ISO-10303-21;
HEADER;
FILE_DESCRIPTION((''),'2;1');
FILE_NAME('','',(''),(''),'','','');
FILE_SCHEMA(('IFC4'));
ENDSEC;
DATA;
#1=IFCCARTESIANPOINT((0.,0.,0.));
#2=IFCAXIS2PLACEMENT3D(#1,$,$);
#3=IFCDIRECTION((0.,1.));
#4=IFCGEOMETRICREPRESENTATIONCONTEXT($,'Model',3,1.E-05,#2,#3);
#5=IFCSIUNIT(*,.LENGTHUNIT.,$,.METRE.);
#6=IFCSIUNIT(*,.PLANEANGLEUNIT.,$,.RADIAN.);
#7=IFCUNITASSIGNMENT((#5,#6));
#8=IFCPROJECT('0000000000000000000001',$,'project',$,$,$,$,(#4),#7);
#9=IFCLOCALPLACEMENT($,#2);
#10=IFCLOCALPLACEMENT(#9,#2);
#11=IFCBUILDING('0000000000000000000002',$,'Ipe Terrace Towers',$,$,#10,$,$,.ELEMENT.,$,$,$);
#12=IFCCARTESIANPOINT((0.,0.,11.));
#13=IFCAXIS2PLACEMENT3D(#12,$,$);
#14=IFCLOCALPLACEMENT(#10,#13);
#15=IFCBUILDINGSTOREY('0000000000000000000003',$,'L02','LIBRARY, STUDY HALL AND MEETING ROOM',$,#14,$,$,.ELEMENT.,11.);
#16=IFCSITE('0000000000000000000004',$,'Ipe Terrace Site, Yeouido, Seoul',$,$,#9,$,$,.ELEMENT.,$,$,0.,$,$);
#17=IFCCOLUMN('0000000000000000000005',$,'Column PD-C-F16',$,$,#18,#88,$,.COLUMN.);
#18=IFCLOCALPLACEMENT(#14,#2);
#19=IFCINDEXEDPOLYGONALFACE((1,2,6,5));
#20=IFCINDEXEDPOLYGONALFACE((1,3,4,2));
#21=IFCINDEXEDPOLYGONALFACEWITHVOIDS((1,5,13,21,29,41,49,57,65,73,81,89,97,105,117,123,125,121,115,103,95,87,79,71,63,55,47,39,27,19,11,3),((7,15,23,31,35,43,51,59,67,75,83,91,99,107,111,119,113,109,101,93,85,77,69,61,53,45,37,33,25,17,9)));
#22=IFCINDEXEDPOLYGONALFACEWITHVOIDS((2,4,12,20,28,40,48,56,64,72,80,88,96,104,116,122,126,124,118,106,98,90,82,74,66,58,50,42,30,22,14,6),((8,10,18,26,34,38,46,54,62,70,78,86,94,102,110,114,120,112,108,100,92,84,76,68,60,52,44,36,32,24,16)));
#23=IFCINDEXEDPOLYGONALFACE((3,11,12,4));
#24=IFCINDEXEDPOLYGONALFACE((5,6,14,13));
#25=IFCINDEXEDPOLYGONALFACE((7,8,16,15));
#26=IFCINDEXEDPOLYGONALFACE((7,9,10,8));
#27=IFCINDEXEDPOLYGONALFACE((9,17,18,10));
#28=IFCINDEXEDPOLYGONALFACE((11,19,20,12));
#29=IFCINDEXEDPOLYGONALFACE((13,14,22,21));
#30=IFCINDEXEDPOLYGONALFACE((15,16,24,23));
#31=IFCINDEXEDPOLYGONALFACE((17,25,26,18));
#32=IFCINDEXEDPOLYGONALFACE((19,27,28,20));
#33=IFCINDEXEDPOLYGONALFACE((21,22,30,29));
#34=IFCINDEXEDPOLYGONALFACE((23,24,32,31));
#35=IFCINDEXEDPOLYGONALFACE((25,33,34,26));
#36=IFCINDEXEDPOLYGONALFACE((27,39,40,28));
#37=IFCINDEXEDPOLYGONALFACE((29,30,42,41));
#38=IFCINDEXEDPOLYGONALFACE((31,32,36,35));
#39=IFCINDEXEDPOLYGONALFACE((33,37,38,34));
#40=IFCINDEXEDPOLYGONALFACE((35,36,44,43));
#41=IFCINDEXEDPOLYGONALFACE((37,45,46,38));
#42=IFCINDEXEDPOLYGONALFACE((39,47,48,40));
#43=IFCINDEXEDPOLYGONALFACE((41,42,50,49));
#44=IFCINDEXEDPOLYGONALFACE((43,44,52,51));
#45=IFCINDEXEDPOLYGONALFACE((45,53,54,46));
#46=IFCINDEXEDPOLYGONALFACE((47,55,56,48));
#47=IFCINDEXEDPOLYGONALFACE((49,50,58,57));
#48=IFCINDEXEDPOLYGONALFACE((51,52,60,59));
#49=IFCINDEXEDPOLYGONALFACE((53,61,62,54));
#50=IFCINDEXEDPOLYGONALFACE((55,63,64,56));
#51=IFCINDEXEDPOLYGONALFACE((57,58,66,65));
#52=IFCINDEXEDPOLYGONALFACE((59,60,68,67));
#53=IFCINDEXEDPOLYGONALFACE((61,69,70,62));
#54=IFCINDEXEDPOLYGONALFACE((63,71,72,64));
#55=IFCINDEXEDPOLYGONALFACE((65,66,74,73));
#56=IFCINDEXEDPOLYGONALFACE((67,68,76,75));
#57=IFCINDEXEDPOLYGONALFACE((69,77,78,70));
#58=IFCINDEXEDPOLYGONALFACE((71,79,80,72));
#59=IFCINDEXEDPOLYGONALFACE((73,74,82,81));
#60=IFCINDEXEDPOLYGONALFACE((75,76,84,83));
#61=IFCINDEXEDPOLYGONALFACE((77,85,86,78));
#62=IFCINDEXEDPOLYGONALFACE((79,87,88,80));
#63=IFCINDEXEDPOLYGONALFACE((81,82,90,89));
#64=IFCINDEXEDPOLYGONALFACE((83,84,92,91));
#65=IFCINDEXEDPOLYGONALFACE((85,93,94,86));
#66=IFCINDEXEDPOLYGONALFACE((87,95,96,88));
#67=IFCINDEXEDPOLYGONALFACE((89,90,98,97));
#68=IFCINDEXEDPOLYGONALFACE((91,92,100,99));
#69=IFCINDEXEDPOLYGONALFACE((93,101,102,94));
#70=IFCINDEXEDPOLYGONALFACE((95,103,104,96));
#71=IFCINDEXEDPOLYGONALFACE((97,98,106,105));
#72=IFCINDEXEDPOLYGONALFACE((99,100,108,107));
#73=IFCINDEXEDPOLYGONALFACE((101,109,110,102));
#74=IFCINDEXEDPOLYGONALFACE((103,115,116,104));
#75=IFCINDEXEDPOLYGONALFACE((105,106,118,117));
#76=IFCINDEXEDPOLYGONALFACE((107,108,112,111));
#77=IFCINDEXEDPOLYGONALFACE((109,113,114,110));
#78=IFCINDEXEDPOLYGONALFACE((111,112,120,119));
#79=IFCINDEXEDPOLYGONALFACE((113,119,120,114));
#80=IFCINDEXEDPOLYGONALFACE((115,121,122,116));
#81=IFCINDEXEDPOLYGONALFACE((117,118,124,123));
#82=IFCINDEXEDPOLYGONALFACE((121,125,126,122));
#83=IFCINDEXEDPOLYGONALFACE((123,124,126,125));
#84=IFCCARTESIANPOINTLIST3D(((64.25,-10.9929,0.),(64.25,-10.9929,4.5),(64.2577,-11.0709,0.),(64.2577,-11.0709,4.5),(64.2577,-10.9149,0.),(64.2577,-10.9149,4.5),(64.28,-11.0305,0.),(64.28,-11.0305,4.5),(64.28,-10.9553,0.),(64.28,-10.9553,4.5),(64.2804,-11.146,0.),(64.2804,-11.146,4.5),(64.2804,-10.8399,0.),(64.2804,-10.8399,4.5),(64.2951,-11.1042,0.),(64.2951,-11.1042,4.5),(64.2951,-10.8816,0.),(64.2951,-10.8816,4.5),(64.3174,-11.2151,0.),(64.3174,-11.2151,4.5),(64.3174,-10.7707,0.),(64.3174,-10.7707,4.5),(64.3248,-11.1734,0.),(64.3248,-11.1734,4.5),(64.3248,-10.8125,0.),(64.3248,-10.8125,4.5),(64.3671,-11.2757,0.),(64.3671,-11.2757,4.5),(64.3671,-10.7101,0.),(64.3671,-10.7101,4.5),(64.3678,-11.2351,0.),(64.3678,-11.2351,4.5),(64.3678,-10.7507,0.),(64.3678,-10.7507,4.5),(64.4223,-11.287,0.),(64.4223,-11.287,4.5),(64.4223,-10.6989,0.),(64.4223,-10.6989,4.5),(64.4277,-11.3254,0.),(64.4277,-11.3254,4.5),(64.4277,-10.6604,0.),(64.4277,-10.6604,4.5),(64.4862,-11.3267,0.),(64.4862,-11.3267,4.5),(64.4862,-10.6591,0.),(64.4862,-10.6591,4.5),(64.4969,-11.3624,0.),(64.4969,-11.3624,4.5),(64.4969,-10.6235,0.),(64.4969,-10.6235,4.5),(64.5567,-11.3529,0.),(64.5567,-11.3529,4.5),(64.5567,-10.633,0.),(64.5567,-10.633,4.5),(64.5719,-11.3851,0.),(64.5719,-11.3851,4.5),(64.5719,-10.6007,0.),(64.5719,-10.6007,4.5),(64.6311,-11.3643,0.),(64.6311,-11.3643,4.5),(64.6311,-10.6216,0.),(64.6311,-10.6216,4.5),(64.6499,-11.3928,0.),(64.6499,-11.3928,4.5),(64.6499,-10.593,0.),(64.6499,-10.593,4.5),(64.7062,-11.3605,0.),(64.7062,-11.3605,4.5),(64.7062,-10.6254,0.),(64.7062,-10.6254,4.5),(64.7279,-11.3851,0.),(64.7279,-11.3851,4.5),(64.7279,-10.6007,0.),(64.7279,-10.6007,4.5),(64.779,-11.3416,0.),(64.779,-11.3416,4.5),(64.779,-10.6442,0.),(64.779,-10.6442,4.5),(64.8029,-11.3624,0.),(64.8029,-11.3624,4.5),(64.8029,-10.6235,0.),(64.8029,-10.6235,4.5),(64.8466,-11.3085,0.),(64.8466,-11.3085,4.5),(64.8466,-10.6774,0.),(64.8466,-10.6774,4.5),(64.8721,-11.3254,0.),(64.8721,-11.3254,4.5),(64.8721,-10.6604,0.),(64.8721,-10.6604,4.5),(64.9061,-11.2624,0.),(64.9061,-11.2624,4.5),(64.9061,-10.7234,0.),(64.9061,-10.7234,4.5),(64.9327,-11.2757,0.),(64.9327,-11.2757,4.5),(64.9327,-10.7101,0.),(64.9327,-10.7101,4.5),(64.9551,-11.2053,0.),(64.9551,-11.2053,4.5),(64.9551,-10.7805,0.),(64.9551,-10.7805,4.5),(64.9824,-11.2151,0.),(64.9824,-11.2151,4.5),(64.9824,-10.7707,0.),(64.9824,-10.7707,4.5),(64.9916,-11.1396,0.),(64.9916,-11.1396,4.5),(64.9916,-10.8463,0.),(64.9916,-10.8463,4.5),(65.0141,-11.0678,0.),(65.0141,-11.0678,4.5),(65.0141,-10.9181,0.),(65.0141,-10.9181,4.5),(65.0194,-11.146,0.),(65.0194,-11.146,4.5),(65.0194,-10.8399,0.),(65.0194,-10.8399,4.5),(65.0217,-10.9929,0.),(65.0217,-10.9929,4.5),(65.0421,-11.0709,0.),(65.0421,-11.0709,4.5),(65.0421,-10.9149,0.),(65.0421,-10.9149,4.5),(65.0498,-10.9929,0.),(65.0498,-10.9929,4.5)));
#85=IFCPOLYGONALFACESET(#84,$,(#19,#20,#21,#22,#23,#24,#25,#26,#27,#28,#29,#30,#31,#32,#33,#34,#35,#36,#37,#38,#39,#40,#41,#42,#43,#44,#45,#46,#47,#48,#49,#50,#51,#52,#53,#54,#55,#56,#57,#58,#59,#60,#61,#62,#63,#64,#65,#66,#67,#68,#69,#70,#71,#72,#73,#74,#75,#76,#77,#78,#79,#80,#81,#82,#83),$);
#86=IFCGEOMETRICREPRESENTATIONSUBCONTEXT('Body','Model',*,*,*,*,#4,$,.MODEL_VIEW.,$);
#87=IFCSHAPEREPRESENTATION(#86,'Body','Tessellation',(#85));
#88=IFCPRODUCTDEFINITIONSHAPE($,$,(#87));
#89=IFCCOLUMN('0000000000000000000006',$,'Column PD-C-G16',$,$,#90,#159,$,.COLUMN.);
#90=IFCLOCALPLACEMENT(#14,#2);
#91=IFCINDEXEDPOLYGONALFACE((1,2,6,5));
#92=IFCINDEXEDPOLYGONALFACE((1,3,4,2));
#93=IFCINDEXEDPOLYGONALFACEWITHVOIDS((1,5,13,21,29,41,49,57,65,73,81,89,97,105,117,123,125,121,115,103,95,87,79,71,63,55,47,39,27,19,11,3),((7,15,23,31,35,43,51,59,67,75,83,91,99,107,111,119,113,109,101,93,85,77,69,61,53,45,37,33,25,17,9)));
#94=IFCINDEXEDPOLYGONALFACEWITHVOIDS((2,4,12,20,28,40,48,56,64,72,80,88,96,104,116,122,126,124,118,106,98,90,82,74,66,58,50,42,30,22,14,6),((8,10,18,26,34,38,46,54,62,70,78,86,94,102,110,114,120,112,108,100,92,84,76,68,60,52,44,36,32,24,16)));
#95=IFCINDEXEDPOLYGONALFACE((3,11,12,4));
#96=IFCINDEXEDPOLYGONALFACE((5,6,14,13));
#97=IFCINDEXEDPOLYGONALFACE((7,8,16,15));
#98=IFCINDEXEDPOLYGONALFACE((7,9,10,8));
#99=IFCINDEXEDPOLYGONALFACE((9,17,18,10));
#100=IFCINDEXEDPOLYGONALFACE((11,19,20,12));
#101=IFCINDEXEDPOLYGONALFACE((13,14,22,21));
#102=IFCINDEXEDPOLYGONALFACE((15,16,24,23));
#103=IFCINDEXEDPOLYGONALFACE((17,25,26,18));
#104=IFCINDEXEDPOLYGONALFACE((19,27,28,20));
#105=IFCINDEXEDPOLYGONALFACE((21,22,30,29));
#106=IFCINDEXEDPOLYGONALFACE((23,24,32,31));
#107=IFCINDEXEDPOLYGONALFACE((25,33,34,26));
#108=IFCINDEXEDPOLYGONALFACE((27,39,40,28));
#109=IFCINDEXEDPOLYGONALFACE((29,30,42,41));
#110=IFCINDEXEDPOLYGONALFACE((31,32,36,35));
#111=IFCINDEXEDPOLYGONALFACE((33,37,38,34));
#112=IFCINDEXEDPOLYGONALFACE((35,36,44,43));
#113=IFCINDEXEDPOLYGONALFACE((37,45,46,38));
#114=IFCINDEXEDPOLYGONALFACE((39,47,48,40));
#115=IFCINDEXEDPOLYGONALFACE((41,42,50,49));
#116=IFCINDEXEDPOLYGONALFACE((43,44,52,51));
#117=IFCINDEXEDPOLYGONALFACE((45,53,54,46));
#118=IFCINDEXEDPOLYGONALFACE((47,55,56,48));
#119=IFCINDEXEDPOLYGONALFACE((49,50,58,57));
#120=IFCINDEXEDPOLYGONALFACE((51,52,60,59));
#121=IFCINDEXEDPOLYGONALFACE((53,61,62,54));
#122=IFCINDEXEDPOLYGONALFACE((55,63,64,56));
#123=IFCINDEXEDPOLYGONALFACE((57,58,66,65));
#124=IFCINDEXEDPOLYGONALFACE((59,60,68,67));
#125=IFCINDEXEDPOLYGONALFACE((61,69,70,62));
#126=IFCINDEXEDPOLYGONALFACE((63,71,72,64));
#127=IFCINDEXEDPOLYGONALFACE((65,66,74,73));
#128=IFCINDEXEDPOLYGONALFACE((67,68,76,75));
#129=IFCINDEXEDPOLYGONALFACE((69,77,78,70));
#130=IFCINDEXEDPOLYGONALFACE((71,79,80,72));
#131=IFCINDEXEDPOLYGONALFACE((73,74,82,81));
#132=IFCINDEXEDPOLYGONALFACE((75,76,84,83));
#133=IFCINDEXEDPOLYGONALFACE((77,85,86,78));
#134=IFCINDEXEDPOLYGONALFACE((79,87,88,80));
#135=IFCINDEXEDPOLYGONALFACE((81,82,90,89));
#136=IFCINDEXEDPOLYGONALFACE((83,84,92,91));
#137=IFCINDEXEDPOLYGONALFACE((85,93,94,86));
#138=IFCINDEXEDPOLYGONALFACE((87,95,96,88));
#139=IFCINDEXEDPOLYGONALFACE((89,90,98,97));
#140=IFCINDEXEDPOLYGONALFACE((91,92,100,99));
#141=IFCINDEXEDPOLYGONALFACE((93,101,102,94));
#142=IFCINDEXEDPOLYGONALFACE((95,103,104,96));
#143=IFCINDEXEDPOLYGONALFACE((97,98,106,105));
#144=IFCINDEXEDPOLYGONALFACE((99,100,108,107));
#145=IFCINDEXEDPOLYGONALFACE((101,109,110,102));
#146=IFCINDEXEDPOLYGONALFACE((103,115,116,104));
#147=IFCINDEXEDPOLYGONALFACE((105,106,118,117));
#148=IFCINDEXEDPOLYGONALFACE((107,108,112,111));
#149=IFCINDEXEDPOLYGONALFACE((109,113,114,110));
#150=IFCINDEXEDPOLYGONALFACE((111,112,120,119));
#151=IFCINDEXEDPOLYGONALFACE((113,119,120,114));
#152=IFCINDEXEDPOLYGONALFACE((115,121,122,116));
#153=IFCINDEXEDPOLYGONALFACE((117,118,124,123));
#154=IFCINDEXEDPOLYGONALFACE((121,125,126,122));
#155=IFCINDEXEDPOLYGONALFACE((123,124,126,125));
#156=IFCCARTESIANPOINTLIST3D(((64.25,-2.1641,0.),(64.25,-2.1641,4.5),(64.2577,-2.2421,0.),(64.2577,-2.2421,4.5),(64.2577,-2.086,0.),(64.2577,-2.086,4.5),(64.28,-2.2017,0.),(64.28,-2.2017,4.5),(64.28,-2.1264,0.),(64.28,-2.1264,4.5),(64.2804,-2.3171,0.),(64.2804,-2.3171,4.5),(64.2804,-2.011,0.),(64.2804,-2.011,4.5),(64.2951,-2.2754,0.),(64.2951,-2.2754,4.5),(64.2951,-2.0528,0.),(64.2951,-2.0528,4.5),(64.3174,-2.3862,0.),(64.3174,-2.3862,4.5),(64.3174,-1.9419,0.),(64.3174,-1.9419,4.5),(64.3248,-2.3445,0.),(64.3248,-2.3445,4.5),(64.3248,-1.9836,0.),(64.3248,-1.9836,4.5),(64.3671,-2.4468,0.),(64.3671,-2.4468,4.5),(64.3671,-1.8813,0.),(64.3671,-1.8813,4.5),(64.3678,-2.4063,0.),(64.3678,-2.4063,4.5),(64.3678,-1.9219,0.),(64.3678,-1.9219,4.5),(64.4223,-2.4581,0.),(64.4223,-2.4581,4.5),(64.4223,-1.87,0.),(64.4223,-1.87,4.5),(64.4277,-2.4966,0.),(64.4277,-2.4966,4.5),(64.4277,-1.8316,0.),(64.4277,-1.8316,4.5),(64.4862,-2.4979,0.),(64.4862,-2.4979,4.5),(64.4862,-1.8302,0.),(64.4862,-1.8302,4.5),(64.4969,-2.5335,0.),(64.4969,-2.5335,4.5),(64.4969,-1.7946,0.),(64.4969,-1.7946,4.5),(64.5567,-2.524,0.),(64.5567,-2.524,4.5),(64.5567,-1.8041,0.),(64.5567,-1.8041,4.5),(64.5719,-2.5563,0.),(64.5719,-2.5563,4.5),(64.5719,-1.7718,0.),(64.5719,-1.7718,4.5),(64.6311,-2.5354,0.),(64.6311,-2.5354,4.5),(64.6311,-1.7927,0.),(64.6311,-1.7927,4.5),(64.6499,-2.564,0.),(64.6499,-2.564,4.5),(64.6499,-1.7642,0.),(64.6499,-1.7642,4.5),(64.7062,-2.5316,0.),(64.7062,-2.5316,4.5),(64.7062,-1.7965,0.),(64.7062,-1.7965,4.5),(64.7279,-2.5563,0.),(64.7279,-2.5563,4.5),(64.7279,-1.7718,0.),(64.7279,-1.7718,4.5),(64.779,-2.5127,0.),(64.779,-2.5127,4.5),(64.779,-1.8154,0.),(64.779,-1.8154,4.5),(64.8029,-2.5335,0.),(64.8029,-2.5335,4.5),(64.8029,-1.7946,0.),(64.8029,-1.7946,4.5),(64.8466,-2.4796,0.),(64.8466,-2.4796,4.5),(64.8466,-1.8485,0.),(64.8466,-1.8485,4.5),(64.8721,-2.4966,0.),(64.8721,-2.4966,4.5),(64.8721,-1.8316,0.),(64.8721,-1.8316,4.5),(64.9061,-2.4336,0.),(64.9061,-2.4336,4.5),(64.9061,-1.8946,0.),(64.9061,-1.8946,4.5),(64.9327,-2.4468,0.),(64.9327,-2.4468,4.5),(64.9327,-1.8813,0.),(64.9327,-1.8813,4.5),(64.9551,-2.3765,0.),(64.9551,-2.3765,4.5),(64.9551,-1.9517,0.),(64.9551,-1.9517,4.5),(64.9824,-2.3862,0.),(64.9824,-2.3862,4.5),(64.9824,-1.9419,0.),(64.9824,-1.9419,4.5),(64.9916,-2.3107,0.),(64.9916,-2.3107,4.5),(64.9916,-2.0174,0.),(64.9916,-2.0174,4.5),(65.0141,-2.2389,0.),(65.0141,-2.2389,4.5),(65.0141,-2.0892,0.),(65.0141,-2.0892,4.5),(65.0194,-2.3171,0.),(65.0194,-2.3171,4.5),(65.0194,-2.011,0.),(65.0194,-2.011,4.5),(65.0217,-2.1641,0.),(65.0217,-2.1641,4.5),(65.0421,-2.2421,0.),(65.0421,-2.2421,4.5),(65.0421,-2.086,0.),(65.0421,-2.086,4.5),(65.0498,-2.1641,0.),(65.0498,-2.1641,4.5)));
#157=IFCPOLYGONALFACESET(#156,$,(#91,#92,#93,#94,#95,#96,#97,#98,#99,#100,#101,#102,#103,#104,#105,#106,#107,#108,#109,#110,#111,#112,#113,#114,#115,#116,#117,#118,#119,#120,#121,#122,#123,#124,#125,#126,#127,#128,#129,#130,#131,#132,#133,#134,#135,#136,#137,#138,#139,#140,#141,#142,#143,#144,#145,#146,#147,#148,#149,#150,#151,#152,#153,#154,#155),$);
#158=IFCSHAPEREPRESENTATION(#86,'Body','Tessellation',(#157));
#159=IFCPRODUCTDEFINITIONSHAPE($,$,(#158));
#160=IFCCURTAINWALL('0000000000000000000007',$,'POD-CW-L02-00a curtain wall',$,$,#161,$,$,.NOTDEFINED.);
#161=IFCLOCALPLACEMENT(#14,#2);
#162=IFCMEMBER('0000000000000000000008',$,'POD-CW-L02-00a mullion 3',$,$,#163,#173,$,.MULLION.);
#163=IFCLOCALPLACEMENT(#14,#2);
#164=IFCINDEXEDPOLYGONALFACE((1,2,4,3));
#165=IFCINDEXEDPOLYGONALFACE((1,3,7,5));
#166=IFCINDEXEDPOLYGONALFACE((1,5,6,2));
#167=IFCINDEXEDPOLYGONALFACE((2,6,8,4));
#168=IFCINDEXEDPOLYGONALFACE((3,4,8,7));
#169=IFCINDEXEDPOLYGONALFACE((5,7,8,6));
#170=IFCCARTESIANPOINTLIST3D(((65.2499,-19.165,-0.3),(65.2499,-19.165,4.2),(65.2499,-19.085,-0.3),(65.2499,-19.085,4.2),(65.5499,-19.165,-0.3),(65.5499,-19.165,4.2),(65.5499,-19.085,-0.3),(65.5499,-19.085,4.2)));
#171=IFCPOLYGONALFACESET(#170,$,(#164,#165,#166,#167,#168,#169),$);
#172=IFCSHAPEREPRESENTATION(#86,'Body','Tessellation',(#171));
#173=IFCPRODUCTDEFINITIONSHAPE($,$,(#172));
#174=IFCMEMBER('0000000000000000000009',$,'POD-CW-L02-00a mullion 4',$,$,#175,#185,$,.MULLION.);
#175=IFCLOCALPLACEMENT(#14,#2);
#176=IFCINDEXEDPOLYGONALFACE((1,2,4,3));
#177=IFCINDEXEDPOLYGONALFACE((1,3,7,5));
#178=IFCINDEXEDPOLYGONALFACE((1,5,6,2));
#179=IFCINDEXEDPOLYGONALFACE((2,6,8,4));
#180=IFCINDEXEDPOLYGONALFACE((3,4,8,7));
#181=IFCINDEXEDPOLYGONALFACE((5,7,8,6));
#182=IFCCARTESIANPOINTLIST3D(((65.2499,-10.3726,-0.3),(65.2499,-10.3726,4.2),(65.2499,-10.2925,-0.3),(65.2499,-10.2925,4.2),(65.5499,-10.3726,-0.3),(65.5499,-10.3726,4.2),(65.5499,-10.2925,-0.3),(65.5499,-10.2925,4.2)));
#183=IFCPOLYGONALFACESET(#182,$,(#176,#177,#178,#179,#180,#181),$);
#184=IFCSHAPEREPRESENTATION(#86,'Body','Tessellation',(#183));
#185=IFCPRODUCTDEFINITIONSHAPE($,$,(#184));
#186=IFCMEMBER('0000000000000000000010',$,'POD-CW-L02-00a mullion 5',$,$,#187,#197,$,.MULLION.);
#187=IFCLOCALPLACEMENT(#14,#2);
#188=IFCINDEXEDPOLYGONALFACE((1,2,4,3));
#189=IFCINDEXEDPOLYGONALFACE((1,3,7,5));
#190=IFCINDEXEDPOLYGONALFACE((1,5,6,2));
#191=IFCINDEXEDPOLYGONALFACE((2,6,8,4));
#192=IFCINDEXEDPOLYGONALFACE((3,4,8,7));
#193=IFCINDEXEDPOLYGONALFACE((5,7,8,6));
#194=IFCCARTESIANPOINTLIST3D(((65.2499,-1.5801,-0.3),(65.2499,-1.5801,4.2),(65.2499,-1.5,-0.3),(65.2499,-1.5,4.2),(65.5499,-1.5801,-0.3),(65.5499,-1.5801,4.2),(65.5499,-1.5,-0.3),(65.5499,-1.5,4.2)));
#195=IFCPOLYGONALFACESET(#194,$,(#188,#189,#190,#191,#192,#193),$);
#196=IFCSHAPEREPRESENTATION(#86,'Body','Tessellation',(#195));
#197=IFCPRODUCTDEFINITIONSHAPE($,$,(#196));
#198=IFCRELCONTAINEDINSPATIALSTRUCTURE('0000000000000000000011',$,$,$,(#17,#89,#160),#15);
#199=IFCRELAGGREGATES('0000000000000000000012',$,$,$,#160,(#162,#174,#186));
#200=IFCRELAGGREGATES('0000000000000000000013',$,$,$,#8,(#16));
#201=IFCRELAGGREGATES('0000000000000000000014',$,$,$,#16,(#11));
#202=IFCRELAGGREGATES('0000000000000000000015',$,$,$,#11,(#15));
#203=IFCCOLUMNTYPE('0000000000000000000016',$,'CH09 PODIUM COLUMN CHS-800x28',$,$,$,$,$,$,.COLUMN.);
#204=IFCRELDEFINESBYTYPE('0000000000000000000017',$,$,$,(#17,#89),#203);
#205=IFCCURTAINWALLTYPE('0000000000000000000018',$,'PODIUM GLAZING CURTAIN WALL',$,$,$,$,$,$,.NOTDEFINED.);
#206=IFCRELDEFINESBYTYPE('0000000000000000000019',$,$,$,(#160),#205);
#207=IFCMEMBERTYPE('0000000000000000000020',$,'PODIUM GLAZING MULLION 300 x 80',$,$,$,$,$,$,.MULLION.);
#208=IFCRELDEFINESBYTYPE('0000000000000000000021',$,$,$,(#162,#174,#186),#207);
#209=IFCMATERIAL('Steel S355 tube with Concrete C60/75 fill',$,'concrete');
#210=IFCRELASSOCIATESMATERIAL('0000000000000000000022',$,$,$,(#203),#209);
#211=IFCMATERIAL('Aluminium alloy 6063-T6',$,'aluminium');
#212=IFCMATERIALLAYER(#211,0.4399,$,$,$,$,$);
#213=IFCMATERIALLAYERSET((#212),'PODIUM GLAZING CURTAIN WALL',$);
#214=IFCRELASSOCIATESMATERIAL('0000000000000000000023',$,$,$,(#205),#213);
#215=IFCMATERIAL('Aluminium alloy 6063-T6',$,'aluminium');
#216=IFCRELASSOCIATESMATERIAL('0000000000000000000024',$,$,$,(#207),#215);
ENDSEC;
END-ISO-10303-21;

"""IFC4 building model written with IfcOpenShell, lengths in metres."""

from ifc_helpers import new_model, si_unit, direction, frame, origin, origin_2d, place, context, subcontext, project, spatial, rectangle, hollow_circle, extrude, material, layer, layer_set, material_profile, profile_set, type_object, element, aggregate, save


model = new_model("IFC4")

# Units and contexts
model_context = context("Model", 3, precision=1e-05, world=origin(), true_north=direction((0.0, 1.0)))
body_context = subcontext(model_context, "Body", "Model", "MODEL_VIEW")
ifc_project = project(units=[si_unit("LENGTHUNIT", "METRE"), si_unit("PLANEANGLEUNIT", "RADIAN")], contexts=[model_context])

# Site, building, storey
site_placement = place(None, origin())
site = spatial("IfcSite", under=ifc_project, at=site_placement, Name="Ipe Terrace Site, Yeouido, Seoul", CompositionType="ELEMENT", RefElevation=0.0)
building_placement = place(site_placement, origin())
building = spatial("IfcBuilding", under=site, at=building_placement, Name="Ipe Terrace Towers", CompositionType="ELEMENT")
storey_placement = place(building_placement, frame((0.0, 0.0, 11.0)))
storey = spatial("IfcBuildingStorey", under=building, at=storey_placement, Name="L02", Description="LIBRARY, STUDY HALL AND MEETING ROOM", CompositionType="ELEMENT", Elevation=11.0)

# Columns
ifc_material_1 = material(Name="Steel S355 tube with Concrete C60/75 fill", Category="concrete")
ifc_material_profile_1 = material_profile(ifc_material_1, hollow_circle(Radius=0.3999, WallThickness=0.0281, at=origin_2d()), Name="CHS-800x28")
ifc_profile_set_1 = profile_set([ifc_material_profile_1], Name="Steel S355 tube with Concrete C60/75 fill")
column_type_1 = type_object("IfcColumnType", Name="CH09 PODIUM COLUMN CHS-800x28", PredefinedType="COLUMN", material=ifc_profile_set_1)
for number, where, z_axis, x_axis, name in (
    (1, (64.6499, -10.9929, 0.0), (0.0, 0.0, 1.0), (1.0, 0.0, 0.0), "Column PD-C-F16"),
    (2, (64.6499, -2.1641, 0.0), (0.0, 0.0, 1.0), (1.0, 0.0, 0.0), "Column PD-C-G16"),
):
    element("IfcColumn", number, at=place(storey_placement, frame(where, z_axis=z_axis, x_axis=x_axis)), inside=storey, type_object=column_type_1, Name=name, PredefinedType="COLUMN", context=body_context, shape_type="SweptSolid", body=[
        extrude(hollow_circle(Radius=0.3999, WallThickness=0.0281, at=origin_2d()), origin(), (0.0, 0.0, 1.0), 4.5),
    ])

# Curtain wall, members
ifc_material_2 = material(Name="Aluminium alloy 6063-T6", Category="aluminium")
ifc_layer_1 = layer(ifc_material_2, 0.4399)
ifc_layer_set_1 = layer_set([ifc_layer_1], Name="PODIUM GLAZING CURTAIN WALL")
curtain_wall_type = type_object("IfcCurtainWallType", Name="PODIUM GLAZING CURTAIN WALL", PredefinedType="NOTDEFINED", material=ifc_layer_set_1)
curtain_wall_1_placement = place(storey_placement, origin())
curtain_wall_1 = element("IfcCurtainWall", 3, at=curtain_wall_1_placement, inside=storey, type_object=curtain_wall_type, Name="POD-CW-L02-00a curtain wall", PredefinedType="NOTDEFINED")
ifc_material_3 = material(Name="Aluminium alloy 6063-T6", Category="aluminium")
ifc_material_profile_2 = material_profile(ifc_material_3, rectangle(XDim=0.3, YDim=0.0801, at=origin_2d()), Name="PODIUM GLAZING MULLION 300 x 80")
ifc_profile_set_2 = profile_set([ifc_material_profile_2], Name="Aluminium alloy 6063-T6")
member_type_1 = type_object("IfcMemberType", Name="PODIUM GLAZING MULLION 300 x 80", PredefinedType="MULLION", material=ifc_profile_set_2)
member_1_placement = place(storey_placement, frame((65.3999, -19.125, -0.3), z_axis=(0.0, 0.0, 1.0), x_axis=(1.0, 0.0, 0.0)))
member_1 = element("IfcMember", 4, at=member_1_placement, type_object=member_type_1, Name="POD-CW-L02-00a mullion 3", PredefinedType="MULLION", context=body_context, shape_type="SweptSolid", body=[
    extrude(rectangle(XDim=0.3, YDim=0.0801, at=origin_2d()), origin(), (0.0, 0.0, 1.0), 4.5),
])
member_2_placement = place(storey_placement, frame((65.3999, -10.3325, -0.3), z_axis=(0.0, 0.0, 1.0), x_axis=(1.0, 0.0, 0.0)))
member_2 = element("IfcMember", 5, at=member_2_placement, type_object=member_type_1, Name="POD-CW-L02-00a mullion 4", PredefinedType="MULLION", context=body_context, shape_type="SweptSolid", body=[
    extrude(rectangle(XDim=0.3, YDim=0.0801, at=origin_2d()), origin(), (0.0, 0.0, 1.0), 4.5),
])
member_3_placement = place(storey_placement, frame((65.3999, -1.54, -0.3), z_axis=(0.0, 0.0, 1.0), x_axis=(1.0, 0.0, 0.0)))
member_3 = element("IfcMember", 6, at=member_3_placement, type_object=member_type_1, Name="POD-CW-L02-00a mullion 5", PredefinedType="MULLION", context=body_context, shape_type="SweptSolid", body=[
    extrude(rectangle(XDim=0.3, YDim=0.0801, at=origin_2d()), origin(), (0.0, 0.0, 1.0), 4.5),
])

aggregate(curtain_wall_1, [member_1, member_2, member_3])

save(model, "model.ifc")
